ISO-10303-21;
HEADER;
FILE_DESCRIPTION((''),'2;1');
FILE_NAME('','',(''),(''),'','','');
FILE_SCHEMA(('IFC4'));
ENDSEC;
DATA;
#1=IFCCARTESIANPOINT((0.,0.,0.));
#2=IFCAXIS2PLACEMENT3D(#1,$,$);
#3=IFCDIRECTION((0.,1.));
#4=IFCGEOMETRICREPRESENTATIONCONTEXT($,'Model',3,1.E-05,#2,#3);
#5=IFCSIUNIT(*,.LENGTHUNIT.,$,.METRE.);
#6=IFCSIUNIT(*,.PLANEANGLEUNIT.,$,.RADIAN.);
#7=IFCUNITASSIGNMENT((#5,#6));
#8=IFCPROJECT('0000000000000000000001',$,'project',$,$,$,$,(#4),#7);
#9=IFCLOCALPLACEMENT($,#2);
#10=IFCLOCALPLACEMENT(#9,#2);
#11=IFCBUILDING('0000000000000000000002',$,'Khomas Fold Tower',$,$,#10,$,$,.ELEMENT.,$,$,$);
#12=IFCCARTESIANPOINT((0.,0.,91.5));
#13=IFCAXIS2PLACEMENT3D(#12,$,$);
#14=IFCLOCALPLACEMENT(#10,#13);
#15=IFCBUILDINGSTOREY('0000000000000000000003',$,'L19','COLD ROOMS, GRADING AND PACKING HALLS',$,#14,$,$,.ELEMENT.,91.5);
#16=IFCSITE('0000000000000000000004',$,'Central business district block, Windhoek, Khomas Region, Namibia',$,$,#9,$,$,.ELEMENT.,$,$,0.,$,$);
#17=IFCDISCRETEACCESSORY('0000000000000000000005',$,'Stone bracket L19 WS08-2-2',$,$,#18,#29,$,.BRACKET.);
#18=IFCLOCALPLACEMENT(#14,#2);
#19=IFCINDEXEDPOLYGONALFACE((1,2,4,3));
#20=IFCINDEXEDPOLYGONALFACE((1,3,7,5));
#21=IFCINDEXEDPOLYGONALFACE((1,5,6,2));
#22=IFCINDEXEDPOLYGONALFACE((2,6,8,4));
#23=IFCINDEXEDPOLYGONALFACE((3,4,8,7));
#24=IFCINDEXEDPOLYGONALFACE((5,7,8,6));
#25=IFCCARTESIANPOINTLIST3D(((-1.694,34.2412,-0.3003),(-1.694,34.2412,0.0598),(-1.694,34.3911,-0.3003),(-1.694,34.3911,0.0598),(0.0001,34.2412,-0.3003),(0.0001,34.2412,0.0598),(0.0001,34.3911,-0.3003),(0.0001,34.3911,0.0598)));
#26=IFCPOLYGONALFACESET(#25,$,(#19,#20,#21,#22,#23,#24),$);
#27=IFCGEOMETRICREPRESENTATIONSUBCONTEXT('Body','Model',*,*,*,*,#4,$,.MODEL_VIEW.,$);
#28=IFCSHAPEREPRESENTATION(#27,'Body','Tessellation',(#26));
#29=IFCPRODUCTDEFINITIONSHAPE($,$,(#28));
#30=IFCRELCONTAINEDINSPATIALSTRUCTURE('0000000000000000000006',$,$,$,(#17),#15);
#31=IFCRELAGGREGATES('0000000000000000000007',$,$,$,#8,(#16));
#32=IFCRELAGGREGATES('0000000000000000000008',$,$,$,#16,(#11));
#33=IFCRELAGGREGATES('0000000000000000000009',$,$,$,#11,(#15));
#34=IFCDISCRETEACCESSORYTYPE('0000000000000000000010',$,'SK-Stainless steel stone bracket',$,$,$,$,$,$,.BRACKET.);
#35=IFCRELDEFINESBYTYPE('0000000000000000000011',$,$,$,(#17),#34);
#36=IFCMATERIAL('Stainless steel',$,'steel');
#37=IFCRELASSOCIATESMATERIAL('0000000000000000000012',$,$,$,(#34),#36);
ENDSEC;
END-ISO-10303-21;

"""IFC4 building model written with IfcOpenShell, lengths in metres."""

from ifc_helpers import new_model, si_unit, direction, frame, origin, origin_2d, place, context, subcontext, project, spatial, rectangle, extrude, source, transform, mapped, material, type_object, element, save


model = new_model("IFC4")

# Units and contexts
model_context = context("Model", 3, precision=1e-05, world=origin(), true_north=direction((0.0, 1.0)))
body_context = subcontext(model_context, "Body", "Model", "MODEL_VIEW")
ifc_project = project(units=[si_unit("LENGTHUNIT", "METRE"), si_unit("PLANEANGLEUNIT", "RADIAN")], contexts=[model_context])

# Site, building, storey
site_placement = place(None, origin())
site = spatial("IfcSite", under=ifc_project, at=site_placement, Name="Central business district block, Windhoek, Khomas Region, Namibia", CompositionType="ELEMENT", RefElevation=0.0)
building_placement = place(site_placement, origin())
building = spatial("IfcBuilding", under=site, at=building_placement, Name="Khomas Fold Tower", CompositionType="ELEMENT")
storey_placement = place(building_placement, frame((0.0, 0.0, 91.5)))
storey = spatial("IfcBuildingStorey", under=building, at=storey_placement, Name="L19", Description="COLD ROOMS, GRADING AND PACKING HALLS", CompositionType="ELEMENT", Elevation=91.5)

# Discrete accessory
ifc_material_1 = material(Name="Stainless steel", Category="steel")
discrete_accessory_type = type_object("IfcDiscreteAccessoryType", Name="SK-Stainless steel stone bracket", PredefinedType="BRACKET", material=ifc_material_1)
shared_shape_1 = source(origin(), body_context, "Body", "SweptSolid", [
    extrude(rectangle(XDim=1.6941, YDim=0.1499, at=origin_2d()), origin(), (0.0, 0.0, 1.0), 0.3601),
])
discrete_accessory_placement = place(storey_placement, frame((-0.8469, 34.3162, -0.3003), z_axis=(0.0, 0.0, 1.0), x_axis=(-1.0, 0.0, 0.0)))
element("IfcDiscreteAccessory", 1, at=discrete_accessory_placement, inside=storey, type_object=discrete_accessory_type, Name="Stone bracket L19 WS08-2-2", PredefinedType="BRACKET", context=body_context, shape_type="MappedRepresentation", body=[
    mapped(shared_shape_1, transform((0.0, 0.0, 0.0))),
])

save(model, "model.ifc")
